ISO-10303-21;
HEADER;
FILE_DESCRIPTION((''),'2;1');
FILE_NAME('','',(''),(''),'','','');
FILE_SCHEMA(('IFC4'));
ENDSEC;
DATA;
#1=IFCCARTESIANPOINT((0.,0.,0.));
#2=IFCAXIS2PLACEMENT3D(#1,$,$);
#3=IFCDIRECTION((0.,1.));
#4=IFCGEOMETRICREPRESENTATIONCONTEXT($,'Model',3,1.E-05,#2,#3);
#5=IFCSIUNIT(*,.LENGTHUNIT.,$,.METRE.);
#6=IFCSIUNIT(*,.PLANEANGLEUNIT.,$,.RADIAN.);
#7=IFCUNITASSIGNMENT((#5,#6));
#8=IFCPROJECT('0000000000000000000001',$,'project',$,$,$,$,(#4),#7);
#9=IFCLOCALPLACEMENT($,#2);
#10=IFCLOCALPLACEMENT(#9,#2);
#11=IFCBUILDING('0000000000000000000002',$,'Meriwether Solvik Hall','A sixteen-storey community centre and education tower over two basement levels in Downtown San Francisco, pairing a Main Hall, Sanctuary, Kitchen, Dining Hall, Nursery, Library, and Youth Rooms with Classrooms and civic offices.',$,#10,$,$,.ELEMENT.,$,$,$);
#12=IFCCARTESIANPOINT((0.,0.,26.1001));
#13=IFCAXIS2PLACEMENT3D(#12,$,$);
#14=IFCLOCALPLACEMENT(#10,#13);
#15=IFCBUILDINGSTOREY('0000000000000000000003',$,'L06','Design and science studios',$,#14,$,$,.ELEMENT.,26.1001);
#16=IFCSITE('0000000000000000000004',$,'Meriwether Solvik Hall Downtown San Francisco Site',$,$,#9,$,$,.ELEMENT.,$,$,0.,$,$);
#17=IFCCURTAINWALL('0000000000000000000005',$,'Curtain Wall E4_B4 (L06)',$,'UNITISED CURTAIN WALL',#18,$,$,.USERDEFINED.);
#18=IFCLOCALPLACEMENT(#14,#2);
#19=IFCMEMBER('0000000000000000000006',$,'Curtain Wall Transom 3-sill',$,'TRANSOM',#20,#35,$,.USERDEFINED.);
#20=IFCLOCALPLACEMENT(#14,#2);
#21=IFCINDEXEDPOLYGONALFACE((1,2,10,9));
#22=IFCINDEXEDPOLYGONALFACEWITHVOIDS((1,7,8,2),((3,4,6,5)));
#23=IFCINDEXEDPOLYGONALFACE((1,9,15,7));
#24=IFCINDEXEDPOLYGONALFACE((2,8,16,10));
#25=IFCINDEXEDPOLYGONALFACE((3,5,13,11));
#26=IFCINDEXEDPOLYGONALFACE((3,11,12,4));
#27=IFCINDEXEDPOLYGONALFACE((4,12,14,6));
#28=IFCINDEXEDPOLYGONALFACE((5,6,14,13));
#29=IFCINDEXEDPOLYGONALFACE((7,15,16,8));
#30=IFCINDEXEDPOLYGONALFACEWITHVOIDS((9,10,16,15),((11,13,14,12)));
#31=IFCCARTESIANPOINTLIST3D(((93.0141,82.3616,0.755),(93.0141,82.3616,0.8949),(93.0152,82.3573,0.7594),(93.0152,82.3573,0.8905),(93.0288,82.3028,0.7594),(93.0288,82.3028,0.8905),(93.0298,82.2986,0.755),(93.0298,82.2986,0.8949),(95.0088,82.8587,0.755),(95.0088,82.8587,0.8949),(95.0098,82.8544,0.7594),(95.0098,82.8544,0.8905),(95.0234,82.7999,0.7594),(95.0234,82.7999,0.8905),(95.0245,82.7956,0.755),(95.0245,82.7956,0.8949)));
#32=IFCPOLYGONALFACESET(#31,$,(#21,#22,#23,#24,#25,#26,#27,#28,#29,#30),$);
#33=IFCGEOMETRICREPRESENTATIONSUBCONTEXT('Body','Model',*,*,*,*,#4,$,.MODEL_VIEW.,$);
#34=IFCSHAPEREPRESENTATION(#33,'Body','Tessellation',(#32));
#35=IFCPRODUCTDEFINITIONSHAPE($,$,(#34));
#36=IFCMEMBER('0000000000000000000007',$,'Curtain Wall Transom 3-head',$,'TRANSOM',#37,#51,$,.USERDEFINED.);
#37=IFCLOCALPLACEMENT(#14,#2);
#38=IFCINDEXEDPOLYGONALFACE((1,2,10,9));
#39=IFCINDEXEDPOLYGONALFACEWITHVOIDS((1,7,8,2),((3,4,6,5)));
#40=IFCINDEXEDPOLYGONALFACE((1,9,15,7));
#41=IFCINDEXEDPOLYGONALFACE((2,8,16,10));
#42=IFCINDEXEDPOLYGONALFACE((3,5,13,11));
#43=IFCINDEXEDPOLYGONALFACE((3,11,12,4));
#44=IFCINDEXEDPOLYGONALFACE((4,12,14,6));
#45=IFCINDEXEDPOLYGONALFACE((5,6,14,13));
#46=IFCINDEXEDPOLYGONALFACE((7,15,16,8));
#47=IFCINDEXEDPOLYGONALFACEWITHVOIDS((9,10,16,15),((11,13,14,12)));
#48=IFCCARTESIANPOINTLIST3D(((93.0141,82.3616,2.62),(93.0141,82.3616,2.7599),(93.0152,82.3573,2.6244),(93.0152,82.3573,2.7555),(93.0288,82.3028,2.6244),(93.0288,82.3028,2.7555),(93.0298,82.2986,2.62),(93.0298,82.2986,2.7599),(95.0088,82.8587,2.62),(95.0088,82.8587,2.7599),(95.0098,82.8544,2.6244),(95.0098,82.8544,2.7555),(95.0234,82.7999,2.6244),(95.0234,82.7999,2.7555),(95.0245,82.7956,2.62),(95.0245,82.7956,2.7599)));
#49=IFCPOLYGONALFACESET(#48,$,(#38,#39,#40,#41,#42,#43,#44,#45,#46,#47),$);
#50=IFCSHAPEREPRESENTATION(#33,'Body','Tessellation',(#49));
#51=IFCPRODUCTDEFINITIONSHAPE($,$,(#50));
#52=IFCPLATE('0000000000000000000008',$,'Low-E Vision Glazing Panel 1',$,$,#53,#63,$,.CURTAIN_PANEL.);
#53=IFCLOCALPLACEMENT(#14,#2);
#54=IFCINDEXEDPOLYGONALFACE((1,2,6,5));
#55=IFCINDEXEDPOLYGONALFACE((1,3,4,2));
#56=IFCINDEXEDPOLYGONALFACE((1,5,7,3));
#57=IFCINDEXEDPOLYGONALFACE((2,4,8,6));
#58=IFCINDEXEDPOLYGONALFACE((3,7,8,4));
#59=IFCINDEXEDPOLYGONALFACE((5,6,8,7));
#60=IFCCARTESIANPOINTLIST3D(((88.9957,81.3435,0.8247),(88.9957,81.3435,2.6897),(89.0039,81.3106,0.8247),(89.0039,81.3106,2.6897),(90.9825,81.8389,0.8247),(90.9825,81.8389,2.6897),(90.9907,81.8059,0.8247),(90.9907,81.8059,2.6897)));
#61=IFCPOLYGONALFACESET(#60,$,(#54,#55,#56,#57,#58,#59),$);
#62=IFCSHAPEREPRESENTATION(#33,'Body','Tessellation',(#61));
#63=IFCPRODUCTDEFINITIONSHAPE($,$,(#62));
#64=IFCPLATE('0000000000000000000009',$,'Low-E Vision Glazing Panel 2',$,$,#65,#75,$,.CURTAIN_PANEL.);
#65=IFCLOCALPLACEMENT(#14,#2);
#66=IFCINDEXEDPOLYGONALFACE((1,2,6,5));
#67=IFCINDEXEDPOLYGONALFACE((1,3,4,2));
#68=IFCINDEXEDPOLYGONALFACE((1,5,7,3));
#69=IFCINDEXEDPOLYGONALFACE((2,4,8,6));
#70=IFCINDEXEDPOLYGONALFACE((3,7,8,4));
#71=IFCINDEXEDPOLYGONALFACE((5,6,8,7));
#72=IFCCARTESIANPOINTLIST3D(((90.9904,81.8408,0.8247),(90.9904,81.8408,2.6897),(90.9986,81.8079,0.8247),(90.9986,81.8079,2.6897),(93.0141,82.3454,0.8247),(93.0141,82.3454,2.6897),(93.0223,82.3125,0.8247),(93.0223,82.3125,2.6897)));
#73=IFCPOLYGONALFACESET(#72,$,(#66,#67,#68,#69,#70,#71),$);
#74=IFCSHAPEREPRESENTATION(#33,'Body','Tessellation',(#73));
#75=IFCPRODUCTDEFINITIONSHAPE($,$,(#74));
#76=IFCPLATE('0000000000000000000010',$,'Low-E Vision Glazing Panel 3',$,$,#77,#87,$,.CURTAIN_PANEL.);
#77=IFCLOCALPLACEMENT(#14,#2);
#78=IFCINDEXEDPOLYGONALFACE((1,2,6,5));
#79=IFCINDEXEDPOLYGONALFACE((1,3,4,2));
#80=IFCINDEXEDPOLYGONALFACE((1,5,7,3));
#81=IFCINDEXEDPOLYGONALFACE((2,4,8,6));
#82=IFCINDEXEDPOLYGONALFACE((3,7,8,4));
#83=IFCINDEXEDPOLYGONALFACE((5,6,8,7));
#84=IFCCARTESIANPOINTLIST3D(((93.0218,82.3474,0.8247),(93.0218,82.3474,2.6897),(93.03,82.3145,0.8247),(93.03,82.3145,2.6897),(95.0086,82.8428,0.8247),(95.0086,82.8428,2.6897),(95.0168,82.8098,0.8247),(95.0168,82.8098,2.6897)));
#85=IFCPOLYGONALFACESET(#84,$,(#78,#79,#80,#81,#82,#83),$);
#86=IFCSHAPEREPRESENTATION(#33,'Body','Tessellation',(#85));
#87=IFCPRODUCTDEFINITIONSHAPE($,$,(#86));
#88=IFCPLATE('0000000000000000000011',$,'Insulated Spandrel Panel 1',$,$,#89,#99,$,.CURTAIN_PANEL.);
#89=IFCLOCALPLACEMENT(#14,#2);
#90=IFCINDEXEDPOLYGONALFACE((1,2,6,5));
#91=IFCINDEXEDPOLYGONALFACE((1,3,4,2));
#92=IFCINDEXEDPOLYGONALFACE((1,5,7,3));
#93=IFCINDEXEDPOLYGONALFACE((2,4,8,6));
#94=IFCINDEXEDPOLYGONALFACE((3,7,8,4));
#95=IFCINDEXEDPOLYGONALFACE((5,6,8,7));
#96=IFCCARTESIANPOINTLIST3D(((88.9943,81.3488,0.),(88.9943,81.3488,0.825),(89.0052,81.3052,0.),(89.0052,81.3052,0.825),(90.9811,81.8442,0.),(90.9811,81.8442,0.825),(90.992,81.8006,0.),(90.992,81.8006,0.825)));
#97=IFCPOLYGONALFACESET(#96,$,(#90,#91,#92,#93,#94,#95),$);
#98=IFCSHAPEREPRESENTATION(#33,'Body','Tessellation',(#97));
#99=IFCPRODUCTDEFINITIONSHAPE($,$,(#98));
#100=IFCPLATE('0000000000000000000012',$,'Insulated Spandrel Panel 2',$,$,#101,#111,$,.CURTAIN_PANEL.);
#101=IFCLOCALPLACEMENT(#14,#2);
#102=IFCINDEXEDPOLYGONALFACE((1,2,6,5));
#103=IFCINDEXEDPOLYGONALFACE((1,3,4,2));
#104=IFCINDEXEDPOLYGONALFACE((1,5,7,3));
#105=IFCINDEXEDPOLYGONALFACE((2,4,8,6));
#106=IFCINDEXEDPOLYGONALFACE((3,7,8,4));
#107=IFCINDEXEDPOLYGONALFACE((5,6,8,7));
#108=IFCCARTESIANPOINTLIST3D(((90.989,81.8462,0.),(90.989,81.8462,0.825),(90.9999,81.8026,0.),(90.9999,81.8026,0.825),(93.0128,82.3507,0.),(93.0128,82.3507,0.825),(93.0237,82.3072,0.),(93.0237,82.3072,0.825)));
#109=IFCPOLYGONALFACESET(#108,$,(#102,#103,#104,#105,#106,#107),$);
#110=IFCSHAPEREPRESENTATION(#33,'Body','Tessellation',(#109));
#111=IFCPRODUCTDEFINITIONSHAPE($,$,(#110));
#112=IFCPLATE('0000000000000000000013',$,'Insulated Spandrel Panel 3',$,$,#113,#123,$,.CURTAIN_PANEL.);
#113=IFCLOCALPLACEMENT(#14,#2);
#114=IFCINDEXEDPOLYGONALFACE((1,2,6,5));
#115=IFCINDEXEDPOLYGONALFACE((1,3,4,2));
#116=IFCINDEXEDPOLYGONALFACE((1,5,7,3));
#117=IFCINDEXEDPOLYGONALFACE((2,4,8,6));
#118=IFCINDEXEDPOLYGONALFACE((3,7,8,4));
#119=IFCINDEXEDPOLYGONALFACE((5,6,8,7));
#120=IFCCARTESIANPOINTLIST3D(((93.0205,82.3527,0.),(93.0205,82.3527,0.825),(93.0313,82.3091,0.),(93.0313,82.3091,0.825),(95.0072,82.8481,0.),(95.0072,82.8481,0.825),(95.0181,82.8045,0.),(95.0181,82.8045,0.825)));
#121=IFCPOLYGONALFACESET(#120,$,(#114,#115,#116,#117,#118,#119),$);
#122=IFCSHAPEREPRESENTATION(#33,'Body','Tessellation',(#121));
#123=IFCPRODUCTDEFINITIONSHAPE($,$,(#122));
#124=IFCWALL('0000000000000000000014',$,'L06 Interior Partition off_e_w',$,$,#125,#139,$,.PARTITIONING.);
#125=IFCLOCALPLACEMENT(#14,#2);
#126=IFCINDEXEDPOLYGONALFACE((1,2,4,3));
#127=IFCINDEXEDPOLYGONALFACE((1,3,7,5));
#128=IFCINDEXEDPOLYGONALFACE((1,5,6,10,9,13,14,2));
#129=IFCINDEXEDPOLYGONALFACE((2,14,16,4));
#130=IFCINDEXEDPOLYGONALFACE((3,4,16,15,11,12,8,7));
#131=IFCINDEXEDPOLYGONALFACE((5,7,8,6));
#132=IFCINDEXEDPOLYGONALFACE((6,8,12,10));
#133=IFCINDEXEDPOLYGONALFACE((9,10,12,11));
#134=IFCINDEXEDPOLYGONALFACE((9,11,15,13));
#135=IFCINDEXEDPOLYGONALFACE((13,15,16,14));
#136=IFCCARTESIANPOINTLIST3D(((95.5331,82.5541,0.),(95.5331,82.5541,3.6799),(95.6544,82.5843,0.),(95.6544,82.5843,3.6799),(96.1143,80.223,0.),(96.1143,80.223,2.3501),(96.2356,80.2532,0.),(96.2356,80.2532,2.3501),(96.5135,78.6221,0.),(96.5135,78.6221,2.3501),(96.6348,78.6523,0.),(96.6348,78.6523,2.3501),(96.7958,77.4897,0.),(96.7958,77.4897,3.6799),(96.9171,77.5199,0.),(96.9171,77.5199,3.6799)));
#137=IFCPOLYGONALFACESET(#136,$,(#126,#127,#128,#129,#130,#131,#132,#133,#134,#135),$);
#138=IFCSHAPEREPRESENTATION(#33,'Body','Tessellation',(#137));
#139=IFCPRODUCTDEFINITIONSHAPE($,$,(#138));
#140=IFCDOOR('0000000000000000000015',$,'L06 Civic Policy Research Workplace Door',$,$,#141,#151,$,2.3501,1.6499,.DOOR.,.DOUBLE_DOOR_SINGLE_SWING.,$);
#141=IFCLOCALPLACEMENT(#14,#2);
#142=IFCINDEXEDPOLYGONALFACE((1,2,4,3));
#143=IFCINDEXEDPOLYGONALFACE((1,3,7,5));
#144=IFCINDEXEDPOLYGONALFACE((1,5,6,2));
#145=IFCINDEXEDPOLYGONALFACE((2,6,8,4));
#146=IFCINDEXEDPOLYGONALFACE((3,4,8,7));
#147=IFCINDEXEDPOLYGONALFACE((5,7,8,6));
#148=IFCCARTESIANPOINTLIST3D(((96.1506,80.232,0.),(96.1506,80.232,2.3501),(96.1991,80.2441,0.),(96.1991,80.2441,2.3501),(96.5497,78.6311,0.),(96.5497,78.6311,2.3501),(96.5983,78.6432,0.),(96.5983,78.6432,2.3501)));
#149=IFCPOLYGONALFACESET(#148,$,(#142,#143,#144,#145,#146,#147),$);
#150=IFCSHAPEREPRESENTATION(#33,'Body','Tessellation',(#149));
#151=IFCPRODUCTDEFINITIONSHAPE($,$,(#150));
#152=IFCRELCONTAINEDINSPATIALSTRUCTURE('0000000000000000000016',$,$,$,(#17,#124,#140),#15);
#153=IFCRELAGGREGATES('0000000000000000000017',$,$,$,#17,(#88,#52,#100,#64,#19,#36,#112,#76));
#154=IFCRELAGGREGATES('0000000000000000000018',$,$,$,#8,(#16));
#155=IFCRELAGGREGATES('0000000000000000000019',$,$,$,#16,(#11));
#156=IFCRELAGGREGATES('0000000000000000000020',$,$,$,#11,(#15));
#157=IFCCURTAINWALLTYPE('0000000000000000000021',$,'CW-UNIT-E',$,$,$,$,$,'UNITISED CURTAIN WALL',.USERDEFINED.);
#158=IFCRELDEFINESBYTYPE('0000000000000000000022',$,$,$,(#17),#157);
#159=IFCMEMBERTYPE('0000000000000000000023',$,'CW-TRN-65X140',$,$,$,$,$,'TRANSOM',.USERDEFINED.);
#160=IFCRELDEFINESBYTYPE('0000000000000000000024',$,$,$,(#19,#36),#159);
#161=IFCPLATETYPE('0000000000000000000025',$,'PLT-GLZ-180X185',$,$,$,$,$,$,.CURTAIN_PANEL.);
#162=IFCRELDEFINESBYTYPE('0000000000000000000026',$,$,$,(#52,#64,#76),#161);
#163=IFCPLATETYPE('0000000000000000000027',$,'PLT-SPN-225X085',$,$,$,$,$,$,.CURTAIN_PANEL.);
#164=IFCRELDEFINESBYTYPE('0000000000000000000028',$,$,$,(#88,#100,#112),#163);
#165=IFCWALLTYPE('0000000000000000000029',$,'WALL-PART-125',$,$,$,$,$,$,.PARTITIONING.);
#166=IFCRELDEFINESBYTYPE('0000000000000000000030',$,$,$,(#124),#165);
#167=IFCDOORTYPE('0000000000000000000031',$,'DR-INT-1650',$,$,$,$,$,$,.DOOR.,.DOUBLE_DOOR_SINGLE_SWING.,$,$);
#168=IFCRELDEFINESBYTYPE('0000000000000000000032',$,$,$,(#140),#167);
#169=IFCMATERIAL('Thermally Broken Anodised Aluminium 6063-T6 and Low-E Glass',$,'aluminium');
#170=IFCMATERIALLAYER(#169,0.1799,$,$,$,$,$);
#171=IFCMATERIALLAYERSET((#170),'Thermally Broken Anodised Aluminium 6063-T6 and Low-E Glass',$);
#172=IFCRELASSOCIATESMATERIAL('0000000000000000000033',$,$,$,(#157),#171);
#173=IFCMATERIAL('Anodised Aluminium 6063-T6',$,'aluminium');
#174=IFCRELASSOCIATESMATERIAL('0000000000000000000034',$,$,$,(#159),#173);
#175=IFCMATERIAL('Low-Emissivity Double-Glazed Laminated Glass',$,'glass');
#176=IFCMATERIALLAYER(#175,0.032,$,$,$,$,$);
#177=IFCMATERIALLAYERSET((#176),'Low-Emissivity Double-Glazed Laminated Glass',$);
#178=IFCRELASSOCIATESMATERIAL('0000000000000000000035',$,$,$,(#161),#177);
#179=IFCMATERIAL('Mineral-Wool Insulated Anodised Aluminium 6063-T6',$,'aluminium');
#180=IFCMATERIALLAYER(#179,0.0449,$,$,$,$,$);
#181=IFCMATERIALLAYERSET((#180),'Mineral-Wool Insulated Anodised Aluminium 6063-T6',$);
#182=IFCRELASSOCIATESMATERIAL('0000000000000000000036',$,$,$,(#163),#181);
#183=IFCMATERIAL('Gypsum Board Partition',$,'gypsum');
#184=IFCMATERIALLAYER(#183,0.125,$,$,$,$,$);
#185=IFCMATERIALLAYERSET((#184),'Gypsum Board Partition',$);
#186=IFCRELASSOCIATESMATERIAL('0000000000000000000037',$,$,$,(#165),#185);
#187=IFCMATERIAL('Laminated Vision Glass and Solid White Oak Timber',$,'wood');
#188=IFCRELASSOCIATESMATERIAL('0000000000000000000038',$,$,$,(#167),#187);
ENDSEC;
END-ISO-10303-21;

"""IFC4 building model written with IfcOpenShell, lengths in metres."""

from ifc_helpers import new_model, si_unit, direction, frame, frame_2d, origin, origin_2d, place, context, subcontext, project, spatial, rectangle, hollow_rectangle, extrude, material, layer, layer_set, material_profile, profile_set, type_object, element, fill, aggregate, save


model = new_model("IFC4")

# Units and contexts
model_context = context("Model", 3, precision=1e-05, world=origin(), true_north=direction((0.0, 1.0)))
body_context = subcontext(model_context, "Body", "Model", "MODEL_VIEW")
ifc_project = project(units=[si_unit("LENGTHUNIT", "METRE"), si_unit("PLANEANGLEUNIT", "RADIAN")], contexts=[model_context])

# Site, building, storey
site_placement = place(None, origin())
site = spatial("IfcSite", under=ifc_project, at=site_placement, Name="Meriwether Solvik Hall Downtown San Francisco Site", CompositionType="ELEMENT", RefElevation=0.0)
building_placement = place(site_placement, origin())
building = spatial("IfcBuilding", under=site, at=building_placement, Name="Meriwether Solvik Hall", Description="A sixteen-storey community centre and education tower over two basement levels in Downtown San Francisco, pairing a Main Hall, Sanctuary, Kitchen, Dining Hall, Nursery, Library, and Youth Rooms with Classrooms and civic offices.", CompositionType="ELEMENT")
storey_placement = place(building_placement, frame((0.0, 0.0, 26.1001)))
storey = spatial("IfcBuildingStorey", under=building, at=storey_placement, Name="L06", Description="Design and science studios", CompositionType="ELEMENT", Elevation=26.1001)

# Curtain wall, members, plates
ifc_material_1 = material(Name="Thermally Broken Anodised Aluminium 6063-T6 and Low-E Glass", Category="aluminium")
ifc_layer_1 = layer(ifc_material_1, 0.1799)
ifc_layer_set_1 = layer_set([ifc_layer_1], Name="Thermally Broken Anodised Aluminium 6063-T6 and Low-E Glass")
curtain_wall_type = type_object("IfcCurtainWallType", Name="CW-UNIT-E", ElementType="UNITISED CURTAIN WALL", PredefinedType="USERDEFINED", material=ifc_layer_set_1)
curtain_wall_placement = place(storey_placement, origin())
curtain_wall = element("IfcCurtainWall", 1, at=curtain_wall_placement, inside=storey, type_object=curtain_wall_type, Name="Curtain Wall E4_B4 (L06)", ObjectType="UNITISED CURTAIN WALL", PredefinedType="USERDEFINED")
ifc_material_2 = material(Name="Anodised Aluminium 6063-T6", Category="aluminium")
ifc_material_profile_1 = material_profile(ifc_material_2, hollow_rectangle(XDim=0.0649, YDim=0.1399, WallThickness=0.0044, at=origin_2d()), Name="CWT-65X140")
ifc_profile_set_1 = profile_set([ifc_material_profile_1], Name="Anodised Aluminium 6063-T6")
member_type_1 = type_object("IfcMemberType", Name="CW-TRN-65X140", ElementType="TRANSOM", PredefinedType="USERDEFINED", material=ifc_profile_set_1)
member_1_placement = place(storey_placement, frame((93.022, 82.3301, 0.825), z_axis=(0.970324, 0.241809, 0.0), x_axis=(-0.241809, 0.970324, 0.0)))
member_1 = element("IfcMember", 2, at=member_1_placement, type_object=member_type_1, Name="Curtain Wall Transom 3-sill", ObjectType="TRANSOM", PredefinedType="USERDEFINED", context=body_context, shape_type="SweptSolid", body=[
    extrude(hollow_rectangle(XDim=0.0649, YDim=0.1399, WallThickness=0.0044, at=origin_2d()), origin(), (0.0, 0.0, 1.0), 2.0557),
])
member_2_placement = place(storey_placement, frame((93.022, 82.3301, 2.6899), z_axis=(0.970324, 0.241809, 0.0), x_axis=(-0.241809, 0.970324, 0.0)))
member_2 = element("IfcMember", 3, at=member_2_placement, type_object=member_type_1, Name="Curtain Wall Transom 3-head", ObjectType="TRANSOM", PredefinedType="USERDEFINED", context=body_context, shape_type="SweptSolid", body=[
    extrude(hollow_rectangle(XDim=0.0649, YDim=0.1399, WallThickness=0.0044, at=origin_2d()), origin(), (0.0, 0.0, 1.0), 2.0557),
])
ifc_material_3 = material(Name="Low-Emissivity Double-Glazed Laminated Glass", Category="glass")
ifc_layer_2 = layer(ifc_material_3, 0.032)
ifc_layer_set_2 = layer_set([ifc_layer_2], Name="Low-Emissivity Double-Glazed Laminated Glass")
plate_type_1 = type_object("IfcPlateType", Name="PLT-GLZ-180X185", PredefinedType="CURTAIN_PANEL", material=ifc_layer_set_2)
plate_1_placement = place(storey_placement, frame((89.9932, 81.5747, 0.8247), z_axis=(0.0, 0.0, 1.0), x_axis=(0.970296, 0.241922, 0.0)))
plate_1 = element("IfcPlate", 4, at=plate_1_placement, type_object=plate_type_1, Name="Low-E Vision Glazing Panel 1", PredefinedType="CURTAIN_PANEL", context=body_context, shape_type="SweptSolid", body=[
    extrude(rectangle(XDim=2.0476, YDim=0.0339, at=origin_2d()), origin(), (0.0, 0.0, 1.0), 1.865),
])
plate_2_placement = place(storey_placement, frame((92.0063, 82.0767, 0.8247), z_axis=(0.0, 0.0, 1.0), x_axis=(0.970296, 0.241922, 0.0)))
plate_2 = element("IfcPlate", 5, at=plate_2_placement, type_object=plate_type_1, Name="Low-E Vision Glazing Panel 2", PredefinedType="CURTAIN_PANEL", context=body_context, shape_type="SweptSolid", body=[
    extrude(rectangle(XDim=2.0857, YDim=0.0339, at=origin_2d()), origin(), (0.0, 0.0, 1.0), 1.865),
])
plate_3_placement = place(storey_placement, frame((94.0193, 82.5786, 0.8247), z_axis=(0.0, 0.0, 1.0), x_axis=(0.970296, 0.241922, 0.0)))
plate_3 = element("IfcPlate", 6, at=plate_3_placement, type_object=plate_type_1, Name="Low-E Vision Glazing Panel 3", PredefinedType="CURTAIN_PANEL", context=body_context, shape_type="SweptSolid", body=[
    extrude(rectangle(XDim=2.0476, YDim=0.0339, at=origin_2d()), origin(), (0.0, 0.0, 1.0), 1.865),
])
ifc_material_4 = material(Name="Mineral-Wool Insulated Anodised Aluminium 6063-T6", Category="aluminium")
ifc_layer_3 = layer(ifc_material_4, 0.0449)
ifc_layer_set_3 = layer_set([ifc_layer_3], Name="Mineral-Wool Insulated Anodised Aluminium 6063-T6")
plate_type_2 = type_object("IfcPlateType", Name="PLT-SPN-225X085", PredefinedType="CURTAIN_PANEL", material=ifc_layer_set_3)
plate_4_placement = place(storey_placement, frame((89.9932, 81.5747, 0.0), z_axis=(0.0, 0.0, 1.0), x_axis=(0.970296, 0.241922, 0.0)))
plate_4 = element("IfcPlate", 7, at=plate_4_placement, type_object=plate_type_2, Name="Insulated Spandrel Panel 1", PredefinedType="CURTAIN_PANEL", context=body_context, shape_type="SweptSolid", body=[
    extrude(rectangle(XDim=2.0476, YDim=0.0449, at=origin_2d()), origin(), (0.0, 0.0, 1.0), 0.825),
])
plate_5_placement = place(storey_placement, frame((92.0063, 82.0767, 0.0), z_axis=(0.0, 0.0, 1.0), x_axis=(0.970296, 0.241922, 0.0)))
plate_5 = element("IfcPlate", 8, at=plate_5_placement, type_object=plate_type_2, Name="Insulated Spandrel Panel 2", PredefinedType="CURTAIN_PANEL", context=body_context, shape_type="SweptSolid", body=[
    extrude(rectangle(XDim=2.0857, YDim=0.0449, at=origin_2d()), origin(), (0.0, 0.0, 1.0), 0.825),
])
plate_6_placement = place(storey_placement, frame((94.0193, 82.5786, 0.0), z_axis=(0.0, 0.0, 1.0), x_axis=(0.970296, 0.241922, 0.0)))
plate_6 = element("IfcPlate", 9, at=plate_6_placement, type_object=plate_type_2, Name="Insulated Spandrel Panel 3", PredefinedType="CURTAIN_PANEL", context=body_context, shape_type="SweptSolid", body=[
    extrude(rectangle(XDim=2.0476, YDim=0.0449, at=origin_2d()), origin(), (0.0, 0.0, 1.0), 0.825),
])
aggregate(curtain_wall, [plate_4, plate_1, plate_5, plate_2, member_1, member_2, plate_6, plate_3])

# Wall, opening, door
ifc_material_5 = material(Name="Gypsum Board Partition", Category="gypsum")
ifc_layer_4 = layer(ifc_material_5, 0.125)
ifc_layer_set_4 = layer_set([ifc_layer_4], Name="Gypsum Board Partition")
wall_type = type_object("IfcWallType", Name="WALL-PART-125", PredefinedType="PARTITIONING", material=ifc_layer_set_4)
wall_placement = place(storey_placement, frame((95.5938, 82.5693, 0.0), z_axis=(0.0, 0.0, 1.0), x_axis=(0.241919, -0.970296, 0.0)))
wall = element("IfcWall", 10, at=wall_placement, inside=storey, type_object=wall_type, Name="L06 Interior Partition off_e_w", PredefinedType="PARTITIONING", context=body_context, shape_type="SweptSolid", body=[
    extrude(rectangle(XDim=5.2195, YDim=0.125, at=frame_2d((2.6099, 0.0))), origin(), (0.0, 0.0, 1.0), 3.6799),
])
opening_placement = place(wall_placement, frame((2.4026, 0.0, 0.0)))
opening = element("IfcOpeningElement", 11, at=opening_placement, cuts=wall, PredefinedType="OPENING", context=body_context, shape_type="SweptSolid", body=[
    extrude(rectangle(XDim=1.6499, YDim=2.3501, at=frame_2d((0.825, 1.175))), frame((0.0, 0.0745, 0.0), z_axis=(0.0, -1.0, 0.0), x_axis=(1.0, 0.0, 0.0)), (0.0, 0.0, 1.0), 0.1489),
])
ifc_material_6 = material(Name="Laminated Vision Glass and Solid White Oak Timber", Category="wood")
door_type = type_object("IfcDoorType", Name="DR-INT-1650", OperationType="DOUBLE_DOOR_SINGLE_SWING", PredefinedType="DOOR", material=ifc_material_6)
door_placement = place(opening_placement, origin())
door = element("IfcDoor", 12, at=door_placement, inside=storey, type_object=door_type, Name="L06 Civic Policy Research Workplace Door", OperationType="DOUBLE_DOOR_SINGLE_SWING", OverallHeight=2.3501, OverallWidth=1.6499, PredefinedType="DOOR", context=body_context, shape_type="SweptSolid", body=[
    extrude(rectangle(XDim=1.6499, YDim=2.3501, at=frame_2d((0.825, 1.175))), frame((0.0, 0.0249, 0.0), z_axis=(0.0, -1.0, 0.0), x_axis=(1.0, 0.0, 0.0)), (0.0, 0.0, 1.0), 0.05),
])
fill(opening, door)

save(model, "model.ifc")
